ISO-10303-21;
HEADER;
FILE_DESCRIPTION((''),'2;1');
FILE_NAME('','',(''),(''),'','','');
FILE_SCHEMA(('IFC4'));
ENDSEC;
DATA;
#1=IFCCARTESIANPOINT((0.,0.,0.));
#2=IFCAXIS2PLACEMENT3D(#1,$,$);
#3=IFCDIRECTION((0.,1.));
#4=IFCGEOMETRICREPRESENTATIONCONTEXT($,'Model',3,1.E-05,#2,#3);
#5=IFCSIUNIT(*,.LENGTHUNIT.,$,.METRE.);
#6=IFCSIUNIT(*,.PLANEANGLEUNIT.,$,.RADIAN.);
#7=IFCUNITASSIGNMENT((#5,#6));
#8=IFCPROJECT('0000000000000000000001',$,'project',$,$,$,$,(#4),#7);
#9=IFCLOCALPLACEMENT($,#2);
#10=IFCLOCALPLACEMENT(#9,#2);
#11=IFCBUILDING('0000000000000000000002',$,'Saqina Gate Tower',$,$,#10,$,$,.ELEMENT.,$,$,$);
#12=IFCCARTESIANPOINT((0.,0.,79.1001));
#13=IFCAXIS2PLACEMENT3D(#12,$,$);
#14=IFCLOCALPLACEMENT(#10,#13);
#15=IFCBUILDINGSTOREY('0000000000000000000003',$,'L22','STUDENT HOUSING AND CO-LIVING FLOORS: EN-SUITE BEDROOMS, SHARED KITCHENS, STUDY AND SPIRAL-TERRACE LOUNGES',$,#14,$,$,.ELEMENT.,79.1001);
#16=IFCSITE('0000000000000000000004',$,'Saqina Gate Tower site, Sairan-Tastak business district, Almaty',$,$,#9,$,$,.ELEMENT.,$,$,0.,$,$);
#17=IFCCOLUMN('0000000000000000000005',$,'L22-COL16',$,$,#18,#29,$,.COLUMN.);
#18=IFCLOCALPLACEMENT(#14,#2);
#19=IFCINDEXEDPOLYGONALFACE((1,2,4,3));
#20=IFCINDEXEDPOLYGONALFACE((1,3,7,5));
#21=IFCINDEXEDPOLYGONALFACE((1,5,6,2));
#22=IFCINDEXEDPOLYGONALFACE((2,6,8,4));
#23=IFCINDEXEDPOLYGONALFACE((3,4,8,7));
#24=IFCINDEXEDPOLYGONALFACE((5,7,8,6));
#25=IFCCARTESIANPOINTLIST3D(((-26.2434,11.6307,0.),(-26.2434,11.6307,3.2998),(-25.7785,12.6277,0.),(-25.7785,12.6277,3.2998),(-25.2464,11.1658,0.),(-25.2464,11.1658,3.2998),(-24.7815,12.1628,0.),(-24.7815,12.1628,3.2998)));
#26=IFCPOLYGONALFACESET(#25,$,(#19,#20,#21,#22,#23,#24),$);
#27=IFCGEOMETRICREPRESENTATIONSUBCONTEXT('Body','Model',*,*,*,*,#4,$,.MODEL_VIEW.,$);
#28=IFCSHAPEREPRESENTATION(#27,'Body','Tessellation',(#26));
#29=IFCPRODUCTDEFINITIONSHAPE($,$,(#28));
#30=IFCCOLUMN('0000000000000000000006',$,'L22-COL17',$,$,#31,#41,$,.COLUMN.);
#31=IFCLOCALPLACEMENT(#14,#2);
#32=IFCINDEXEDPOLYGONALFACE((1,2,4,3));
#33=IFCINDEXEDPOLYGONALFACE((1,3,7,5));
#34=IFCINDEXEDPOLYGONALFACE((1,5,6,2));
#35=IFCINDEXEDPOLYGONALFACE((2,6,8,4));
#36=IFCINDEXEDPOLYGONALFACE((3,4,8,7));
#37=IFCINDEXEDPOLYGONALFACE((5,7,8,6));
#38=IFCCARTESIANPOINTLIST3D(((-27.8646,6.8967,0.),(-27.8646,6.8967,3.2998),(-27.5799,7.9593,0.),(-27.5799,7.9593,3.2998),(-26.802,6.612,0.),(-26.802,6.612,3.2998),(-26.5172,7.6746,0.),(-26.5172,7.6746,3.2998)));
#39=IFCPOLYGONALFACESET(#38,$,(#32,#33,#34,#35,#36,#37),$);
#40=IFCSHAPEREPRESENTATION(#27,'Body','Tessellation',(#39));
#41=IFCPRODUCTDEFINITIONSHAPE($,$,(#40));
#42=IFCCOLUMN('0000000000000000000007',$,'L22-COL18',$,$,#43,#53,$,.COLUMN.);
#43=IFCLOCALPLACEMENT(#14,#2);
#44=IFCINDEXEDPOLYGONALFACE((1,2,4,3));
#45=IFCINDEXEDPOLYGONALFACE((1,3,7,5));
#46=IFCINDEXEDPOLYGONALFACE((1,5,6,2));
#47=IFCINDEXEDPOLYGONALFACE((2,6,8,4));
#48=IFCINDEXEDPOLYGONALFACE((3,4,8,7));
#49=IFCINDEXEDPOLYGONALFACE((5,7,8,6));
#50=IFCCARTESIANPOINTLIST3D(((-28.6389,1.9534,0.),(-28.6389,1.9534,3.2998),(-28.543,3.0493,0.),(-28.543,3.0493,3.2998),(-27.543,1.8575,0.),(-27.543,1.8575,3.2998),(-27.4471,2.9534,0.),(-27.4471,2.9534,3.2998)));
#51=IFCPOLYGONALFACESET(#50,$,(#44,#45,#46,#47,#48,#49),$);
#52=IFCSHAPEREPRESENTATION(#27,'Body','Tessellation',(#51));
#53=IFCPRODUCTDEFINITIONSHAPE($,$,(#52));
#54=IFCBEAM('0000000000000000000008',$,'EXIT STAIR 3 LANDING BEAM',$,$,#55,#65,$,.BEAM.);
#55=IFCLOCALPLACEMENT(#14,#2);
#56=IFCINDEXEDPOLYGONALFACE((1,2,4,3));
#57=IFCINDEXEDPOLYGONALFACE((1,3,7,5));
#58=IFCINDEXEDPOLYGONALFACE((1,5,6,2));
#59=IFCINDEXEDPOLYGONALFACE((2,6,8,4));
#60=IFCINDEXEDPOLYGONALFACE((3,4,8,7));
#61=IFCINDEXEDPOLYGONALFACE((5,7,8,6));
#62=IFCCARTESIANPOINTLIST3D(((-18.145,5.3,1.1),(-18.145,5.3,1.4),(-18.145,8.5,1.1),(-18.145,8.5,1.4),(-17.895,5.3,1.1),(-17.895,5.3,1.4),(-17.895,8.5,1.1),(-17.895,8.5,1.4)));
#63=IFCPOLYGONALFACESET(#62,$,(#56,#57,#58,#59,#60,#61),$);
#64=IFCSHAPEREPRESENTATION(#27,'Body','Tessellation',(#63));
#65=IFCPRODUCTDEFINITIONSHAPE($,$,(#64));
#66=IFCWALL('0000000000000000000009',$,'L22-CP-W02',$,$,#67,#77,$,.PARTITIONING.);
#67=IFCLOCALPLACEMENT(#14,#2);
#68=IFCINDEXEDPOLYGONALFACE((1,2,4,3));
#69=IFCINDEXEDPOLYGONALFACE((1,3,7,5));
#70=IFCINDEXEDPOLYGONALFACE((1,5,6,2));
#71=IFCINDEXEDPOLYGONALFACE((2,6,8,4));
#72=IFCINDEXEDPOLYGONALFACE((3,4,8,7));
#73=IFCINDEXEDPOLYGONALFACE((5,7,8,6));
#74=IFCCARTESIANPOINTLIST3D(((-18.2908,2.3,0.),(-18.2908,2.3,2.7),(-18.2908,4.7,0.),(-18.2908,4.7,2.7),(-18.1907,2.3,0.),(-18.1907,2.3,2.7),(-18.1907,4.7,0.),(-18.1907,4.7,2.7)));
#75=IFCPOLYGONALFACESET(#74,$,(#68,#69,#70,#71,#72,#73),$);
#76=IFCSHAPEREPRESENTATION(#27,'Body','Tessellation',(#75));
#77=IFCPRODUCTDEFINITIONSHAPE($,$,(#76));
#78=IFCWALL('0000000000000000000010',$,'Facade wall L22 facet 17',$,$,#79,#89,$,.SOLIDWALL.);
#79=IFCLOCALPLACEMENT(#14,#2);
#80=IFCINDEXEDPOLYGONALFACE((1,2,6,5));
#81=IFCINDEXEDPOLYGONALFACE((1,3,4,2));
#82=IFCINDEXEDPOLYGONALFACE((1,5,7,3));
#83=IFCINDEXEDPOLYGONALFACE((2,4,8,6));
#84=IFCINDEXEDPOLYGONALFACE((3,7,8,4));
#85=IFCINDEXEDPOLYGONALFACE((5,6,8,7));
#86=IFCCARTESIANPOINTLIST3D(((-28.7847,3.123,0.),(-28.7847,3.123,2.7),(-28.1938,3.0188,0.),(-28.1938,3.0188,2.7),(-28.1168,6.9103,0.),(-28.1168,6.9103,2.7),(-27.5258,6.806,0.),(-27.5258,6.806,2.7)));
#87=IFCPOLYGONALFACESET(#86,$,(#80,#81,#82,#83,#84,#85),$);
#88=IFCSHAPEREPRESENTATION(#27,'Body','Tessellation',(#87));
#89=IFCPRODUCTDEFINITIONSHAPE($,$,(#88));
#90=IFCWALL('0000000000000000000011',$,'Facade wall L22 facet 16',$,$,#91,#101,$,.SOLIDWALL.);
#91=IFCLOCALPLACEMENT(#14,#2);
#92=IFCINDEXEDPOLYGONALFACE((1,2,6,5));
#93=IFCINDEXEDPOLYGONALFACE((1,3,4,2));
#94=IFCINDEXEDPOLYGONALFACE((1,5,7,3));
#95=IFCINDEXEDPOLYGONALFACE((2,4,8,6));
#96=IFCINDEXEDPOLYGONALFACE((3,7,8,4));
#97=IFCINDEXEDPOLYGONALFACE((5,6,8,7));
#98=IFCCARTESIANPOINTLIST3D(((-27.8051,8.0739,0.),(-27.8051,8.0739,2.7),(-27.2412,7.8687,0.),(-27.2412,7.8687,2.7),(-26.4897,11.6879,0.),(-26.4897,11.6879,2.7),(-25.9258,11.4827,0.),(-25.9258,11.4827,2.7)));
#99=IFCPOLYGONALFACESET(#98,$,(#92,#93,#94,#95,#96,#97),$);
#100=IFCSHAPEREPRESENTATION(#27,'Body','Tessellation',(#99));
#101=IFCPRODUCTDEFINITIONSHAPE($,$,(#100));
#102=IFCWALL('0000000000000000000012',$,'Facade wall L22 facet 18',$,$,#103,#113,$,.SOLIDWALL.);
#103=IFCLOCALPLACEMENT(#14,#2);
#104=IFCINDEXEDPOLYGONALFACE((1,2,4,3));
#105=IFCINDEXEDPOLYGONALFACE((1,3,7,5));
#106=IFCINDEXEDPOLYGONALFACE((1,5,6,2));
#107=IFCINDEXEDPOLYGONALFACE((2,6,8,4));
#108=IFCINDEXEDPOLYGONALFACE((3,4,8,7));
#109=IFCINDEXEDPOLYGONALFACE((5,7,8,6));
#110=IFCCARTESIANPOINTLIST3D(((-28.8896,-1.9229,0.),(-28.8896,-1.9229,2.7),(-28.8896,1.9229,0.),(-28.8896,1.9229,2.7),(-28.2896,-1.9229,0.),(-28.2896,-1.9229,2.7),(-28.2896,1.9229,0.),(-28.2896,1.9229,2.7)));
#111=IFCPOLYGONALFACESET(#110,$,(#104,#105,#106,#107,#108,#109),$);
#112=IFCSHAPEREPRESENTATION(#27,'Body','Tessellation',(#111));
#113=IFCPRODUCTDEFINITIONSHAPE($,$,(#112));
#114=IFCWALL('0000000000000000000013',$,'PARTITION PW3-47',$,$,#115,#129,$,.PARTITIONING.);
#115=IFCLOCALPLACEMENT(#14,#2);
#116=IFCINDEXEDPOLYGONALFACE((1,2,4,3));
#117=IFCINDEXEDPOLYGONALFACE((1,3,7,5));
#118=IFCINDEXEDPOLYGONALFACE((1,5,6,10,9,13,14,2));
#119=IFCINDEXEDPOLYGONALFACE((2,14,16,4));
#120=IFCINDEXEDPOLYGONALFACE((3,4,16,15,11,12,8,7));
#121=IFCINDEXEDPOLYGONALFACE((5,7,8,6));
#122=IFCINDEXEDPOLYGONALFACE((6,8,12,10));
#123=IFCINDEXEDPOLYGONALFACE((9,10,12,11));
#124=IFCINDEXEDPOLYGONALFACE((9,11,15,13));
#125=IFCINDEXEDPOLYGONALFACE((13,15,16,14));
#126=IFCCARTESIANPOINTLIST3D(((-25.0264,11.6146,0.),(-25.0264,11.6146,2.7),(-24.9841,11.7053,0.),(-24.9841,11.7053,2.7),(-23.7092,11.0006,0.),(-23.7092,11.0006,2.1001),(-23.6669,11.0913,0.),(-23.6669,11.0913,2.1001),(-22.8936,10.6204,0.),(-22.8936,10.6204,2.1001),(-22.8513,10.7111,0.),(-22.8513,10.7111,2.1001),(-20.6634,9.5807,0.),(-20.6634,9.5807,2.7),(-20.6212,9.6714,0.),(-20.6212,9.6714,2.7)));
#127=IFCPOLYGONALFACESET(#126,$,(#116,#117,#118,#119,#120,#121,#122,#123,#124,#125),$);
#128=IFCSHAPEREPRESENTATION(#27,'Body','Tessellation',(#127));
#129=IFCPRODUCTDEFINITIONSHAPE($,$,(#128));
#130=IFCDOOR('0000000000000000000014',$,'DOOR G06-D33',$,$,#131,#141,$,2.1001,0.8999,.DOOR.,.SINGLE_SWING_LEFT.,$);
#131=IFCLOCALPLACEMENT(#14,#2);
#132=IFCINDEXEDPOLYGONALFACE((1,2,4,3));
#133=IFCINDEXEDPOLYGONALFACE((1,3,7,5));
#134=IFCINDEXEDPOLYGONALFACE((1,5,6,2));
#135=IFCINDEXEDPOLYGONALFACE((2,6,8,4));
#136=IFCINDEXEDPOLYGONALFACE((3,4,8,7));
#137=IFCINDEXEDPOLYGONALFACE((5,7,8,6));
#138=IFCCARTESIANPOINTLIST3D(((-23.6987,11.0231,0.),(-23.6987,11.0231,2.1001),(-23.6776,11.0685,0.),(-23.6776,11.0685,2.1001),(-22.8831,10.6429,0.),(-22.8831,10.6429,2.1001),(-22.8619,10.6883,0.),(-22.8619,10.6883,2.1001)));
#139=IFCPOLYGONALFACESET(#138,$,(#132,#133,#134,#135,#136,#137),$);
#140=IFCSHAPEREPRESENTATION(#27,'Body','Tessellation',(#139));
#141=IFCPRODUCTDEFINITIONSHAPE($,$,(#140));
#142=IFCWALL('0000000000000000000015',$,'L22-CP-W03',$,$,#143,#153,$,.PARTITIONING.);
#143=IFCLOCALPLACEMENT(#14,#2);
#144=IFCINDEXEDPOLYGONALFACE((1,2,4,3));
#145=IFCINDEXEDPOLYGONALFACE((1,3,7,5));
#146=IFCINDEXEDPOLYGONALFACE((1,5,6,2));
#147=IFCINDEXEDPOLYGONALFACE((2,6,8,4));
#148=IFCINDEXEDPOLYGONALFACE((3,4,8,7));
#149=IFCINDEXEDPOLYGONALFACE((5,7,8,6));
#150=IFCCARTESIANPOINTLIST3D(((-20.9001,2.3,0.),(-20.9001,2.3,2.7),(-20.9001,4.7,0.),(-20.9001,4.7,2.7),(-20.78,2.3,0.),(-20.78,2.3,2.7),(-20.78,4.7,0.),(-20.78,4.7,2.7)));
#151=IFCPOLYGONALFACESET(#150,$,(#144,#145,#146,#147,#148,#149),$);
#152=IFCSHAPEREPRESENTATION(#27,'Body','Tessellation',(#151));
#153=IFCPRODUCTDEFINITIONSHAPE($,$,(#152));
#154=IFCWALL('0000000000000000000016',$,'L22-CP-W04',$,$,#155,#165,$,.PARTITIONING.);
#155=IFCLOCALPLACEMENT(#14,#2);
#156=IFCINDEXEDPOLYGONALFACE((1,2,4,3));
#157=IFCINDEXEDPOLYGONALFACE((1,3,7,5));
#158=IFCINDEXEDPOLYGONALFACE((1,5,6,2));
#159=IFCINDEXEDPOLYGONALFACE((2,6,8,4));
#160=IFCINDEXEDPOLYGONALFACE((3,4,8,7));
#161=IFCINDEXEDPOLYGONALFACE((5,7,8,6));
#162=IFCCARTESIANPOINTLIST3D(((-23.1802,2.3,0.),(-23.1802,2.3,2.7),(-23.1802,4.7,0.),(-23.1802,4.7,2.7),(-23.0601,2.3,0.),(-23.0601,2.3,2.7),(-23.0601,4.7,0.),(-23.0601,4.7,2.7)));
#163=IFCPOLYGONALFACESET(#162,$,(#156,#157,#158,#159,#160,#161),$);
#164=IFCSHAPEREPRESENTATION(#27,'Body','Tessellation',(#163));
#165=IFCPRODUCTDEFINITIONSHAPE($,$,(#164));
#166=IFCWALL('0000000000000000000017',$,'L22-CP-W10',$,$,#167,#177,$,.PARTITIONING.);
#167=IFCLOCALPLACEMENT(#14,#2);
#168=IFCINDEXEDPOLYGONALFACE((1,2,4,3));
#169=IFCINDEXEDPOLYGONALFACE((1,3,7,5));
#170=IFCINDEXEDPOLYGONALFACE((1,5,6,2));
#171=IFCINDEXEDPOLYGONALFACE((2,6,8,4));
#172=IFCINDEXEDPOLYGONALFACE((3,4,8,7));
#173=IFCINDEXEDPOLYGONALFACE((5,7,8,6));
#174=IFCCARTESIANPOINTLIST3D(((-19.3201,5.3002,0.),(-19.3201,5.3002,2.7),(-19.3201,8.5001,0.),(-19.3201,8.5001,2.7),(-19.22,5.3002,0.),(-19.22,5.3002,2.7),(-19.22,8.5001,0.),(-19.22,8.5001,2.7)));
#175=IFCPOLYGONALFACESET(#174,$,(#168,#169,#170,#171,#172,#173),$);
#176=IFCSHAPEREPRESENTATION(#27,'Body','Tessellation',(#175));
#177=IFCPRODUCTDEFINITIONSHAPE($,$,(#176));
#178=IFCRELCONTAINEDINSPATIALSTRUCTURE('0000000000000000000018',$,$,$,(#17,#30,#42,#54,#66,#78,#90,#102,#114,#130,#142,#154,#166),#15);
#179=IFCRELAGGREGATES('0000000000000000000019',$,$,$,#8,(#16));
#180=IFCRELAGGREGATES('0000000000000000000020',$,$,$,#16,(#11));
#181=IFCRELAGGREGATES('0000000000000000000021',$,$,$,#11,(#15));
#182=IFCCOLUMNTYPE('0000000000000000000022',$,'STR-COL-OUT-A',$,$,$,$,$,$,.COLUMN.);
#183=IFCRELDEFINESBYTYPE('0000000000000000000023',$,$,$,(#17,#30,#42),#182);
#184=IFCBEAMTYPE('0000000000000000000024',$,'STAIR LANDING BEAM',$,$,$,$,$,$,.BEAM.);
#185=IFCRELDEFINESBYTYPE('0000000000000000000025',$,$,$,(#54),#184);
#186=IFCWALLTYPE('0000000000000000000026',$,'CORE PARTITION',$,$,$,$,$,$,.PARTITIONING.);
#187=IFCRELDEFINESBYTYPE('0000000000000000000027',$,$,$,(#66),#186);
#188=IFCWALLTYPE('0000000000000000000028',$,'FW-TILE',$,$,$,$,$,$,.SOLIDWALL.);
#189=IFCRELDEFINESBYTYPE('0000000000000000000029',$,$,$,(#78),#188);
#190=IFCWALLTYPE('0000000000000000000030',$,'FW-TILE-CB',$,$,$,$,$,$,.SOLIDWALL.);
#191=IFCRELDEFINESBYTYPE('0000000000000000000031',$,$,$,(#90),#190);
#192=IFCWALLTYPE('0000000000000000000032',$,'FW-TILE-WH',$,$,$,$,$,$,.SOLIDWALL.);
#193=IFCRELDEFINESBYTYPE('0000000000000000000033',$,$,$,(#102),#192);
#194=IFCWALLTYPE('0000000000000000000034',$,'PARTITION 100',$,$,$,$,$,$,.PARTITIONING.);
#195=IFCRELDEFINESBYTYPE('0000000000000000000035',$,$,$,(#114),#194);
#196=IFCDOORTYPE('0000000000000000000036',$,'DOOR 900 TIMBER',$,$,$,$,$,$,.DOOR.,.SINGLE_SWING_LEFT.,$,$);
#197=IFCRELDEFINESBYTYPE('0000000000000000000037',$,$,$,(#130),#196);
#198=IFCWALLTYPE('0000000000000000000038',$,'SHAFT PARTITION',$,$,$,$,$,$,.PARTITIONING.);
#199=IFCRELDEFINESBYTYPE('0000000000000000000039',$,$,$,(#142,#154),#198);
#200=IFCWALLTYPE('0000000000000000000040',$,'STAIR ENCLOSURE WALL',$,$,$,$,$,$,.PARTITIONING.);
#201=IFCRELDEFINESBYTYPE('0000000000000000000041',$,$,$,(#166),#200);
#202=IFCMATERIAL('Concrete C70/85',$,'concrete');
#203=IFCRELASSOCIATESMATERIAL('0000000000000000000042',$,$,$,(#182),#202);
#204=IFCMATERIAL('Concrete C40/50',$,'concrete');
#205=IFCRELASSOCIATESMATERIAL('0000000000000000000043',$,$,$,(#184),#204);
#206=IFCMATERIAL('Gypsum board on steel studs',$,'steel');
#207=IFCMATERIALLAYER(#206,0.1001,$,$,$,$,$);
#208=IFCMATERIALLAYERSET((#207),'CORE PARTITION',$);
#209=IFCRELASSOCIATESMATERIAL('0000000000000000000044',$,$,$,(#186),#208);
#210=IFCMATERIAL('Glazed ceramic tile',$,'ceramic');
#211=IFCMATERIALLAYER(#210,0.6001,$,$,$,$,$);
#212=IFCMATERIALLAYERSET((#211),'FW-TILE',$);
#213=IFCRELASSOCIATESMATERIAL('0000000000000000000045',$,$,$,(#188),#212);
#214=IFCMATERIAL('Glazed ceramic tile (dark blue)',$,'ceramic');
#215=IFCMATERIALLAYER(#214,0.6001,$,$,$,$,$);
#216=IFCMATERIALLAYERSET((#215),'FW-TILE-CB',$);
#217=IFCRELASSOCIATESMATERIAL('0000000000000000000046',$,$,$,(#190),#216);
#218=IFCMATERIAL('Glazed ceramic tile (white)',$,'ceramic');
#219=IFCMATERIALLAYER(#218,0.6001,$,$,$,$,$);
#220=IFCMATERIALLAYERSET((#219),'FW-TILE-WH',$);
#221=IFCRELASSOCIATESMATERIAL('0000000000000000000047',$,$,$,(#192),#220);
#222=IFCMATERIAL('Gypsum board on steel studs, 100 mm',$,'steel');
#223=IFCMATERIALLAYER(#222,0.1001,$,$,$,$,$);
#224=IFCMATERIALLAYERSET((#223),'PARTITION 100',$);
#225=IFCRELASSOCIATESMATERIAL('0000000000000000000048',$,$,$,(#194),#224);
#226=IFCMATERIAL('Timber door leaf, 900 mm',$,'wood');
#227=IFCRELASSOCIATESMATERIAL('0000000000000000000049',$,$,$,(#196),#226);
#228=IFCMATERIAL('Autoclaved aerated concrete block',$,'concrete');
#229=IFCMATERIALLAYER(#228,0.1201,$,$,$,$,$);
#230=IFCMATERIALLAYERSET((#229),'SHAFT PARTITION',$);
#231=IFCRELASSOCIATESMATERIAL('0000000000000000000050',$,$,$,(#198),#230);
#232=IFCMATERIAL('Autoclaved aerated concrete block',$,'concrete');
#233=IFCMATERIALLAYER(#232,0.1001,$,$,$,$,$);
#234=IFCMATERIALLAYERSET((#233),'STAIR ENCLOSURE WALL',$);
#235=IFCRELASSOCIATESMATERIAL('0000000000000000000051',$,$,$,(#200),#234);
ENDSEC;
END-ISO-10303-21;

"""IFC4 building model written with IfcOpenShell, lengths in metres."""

from ifc_helpers import new_model, si_unit, direction, frame, frame_2d, origin, origin_2d, place, context, subcontext, project, spatial, rectangle, extrude, material, layer, layer_set, material_profile, profile_set, type_object, element, fill, save


model = new_model("IFC4")

# Units and contexts
model_context = context("Model", 3, precision=1e-05, world=origin(), true_north=direction((0.0, 1.0)))
body_context = subcontext(model_context, "Body", "Model", "MODEL_VIEW")
ifc_project = project(units=[si_unit("LENGTHUNIT", "METRE"), si_unit("PLANEANGLEUNIT", "RADIAN")], contexts=[model_context])

# Site, building, storey
site_placement = place(None, origin())
site = spatial("IfcSite", under=ifc_project, at=site_placement, Name="Saqina Gate Tower site, Sairan-Tastak business district, Almaty", CompositionType="ELEMENT", RefElevation=0.0)
building_placement = place(site_placement, origin())
building = spatial("IfcBuilding", under=site, at=building_placement, Name="Saqina Gate Tower", CompositionType="ELEMENT")
storey_placement = place(building_placement, frame((0.0, 0.0, 79.1001)))
storey = spatial("IfcBuildingStorey", under=building, at=storey_placement, Name="L22", Description="STUDENT HOUSING AND CO-LIVING FLOORS: EN-SUITE BEDROOMS, SHARED KITCHENS, STUDY AND SPIRAL-TERRACE LOUNGES", CompositionType="ELEMENT", Elevation=79.1001)

# Columns
ifc_material_1 = material(Name="Concrete C70/85", Category="concrete")
ifc_material_profile_1 = material_profile(ifc_material_1, rectangle(XDim=1.1001, YDim=1.1001, at=origin_2d()), Name="RC 1100x1100")
ifc_profile_set_1 = profile_set([ifc_material_profile_1], Name="Concrete C70/85")
column_type = type_object("IfcColumnType", Name="STR-COL-OUT-A", PredefinedType="COLUMN", material=ifc_profile_set_1)
for number, where, z_axis, x_axis, name in (
    (1, (-25.5125, 11.8967, 0.0), (0.0, 0.0, 1.0), (-0.906308, 0.422618, 0.0), "L22-COL16"),
    (2, (-27.1909, 7.2856, 0.0), (0.0, 0.0, 1.0), (-0.965926, 0.258819, 0.0), "L22-COL17"),
    (3, (-28.043, 2.4534, 0.0), (0.0, 0.0, 1.0), (-0.996195, 0.087156, 0.0), "L22-COL18"),
):
    element("IfcColumn", number, at=place(storey_placement, frame(where, z_axis=z_axis, x_axis=x_axis)), inside=storey, type_object=column_type, Name=name, PredefinedType="COLUMN", context=body_context, shape_type="SweptSolid", body=[
        extrude(rectangle(XDim=1.1001, YDim=1.1001, at=origin_2d()), origin(), (0.0, 0.0, 1.0), 3.2998),
    ])

# Beam
ifc_material_2 = material(Name="Concrete C40/50", Category="concrete")
ifc_material_profile_2 = material_profile(ifc_material_2, rectangle(XDim=0.25, YDim=0.3, at=origin_2d()), Name="STAIR LANDING BEAM")
ifc_profile_set_2 = profile_set([ifc_material_profile_2], Name="Concrete C40/50")
beam_type = type_object("IfcBeamType", Name="STAIR LANDING BEAM", PredefinedType="BEAM", material=ifc_profile_set_2)
beam_placement = place(storey_placement, frame((-18.02, 5.3, 1.25), z_axis=(0.0, 1.0, 0.0), x_axis=(-1.0, 0.0, 0.0)))
element("IfcBeam", 4, at=beam_placement, inside=storey, type_object=beam_type, Name="EXIT STAIR 3 LANDING BEAM", PredefinedType="BEAM", context=body_context, shape_type="SweptSolid", body=[
    extrude(rectangle(XDim=0.25, YDim=0.3, at=origin_2d()), origin(), (0.0, 0.0, 1.0), 3.2),
])

# Walls
ifc_material_3 = material(Name="Gypsum board on steel studs", Category="steel")
ifc_layer_1 = layer(ifc_material_3, 0.1001)
ifc_layer_set_1 = layer_set([ifc_layer_1], Name="CORE PARTITION")
wall_type_1 = type_object("IfcWallType", Name="CORE PARTITION", PredefinedType="PARTITIONING", material=ifc_layer_set_1)
wall_1_placement = place(storey_placement, frame((-18.2407, 2.3, 0.0), z_axis=(0.0, 0.0, 1.0), x_axis=(0.0, 1.0, 0.0)))
element("IfcWall", 5, at=wall_1_placement, inside=storey, type_object=wall_type_1, Name="L22-CP-W02", PredefinedType="PARTITIONING", context=body_context, shape_type="SweptSolid", body=[
    extrude(rectangle(XDim=2.3999, YDim=0.1001, at=frame_2d((1.2, 0.0))), origin(), (0.0, 0.0, 1.0), 2.7),
])
ifc_material_4 = material(Name="Glazed ceramic tile", Category="ceramic")
ifc_layer_2 = layer(ifc_material_4, 0.6001)
ifc_layer_set_2 = layer_set([ifc_layer_2], Name="FW-TILE")
wall_type_2 = type_object("IfcWallType", Name="FW-TILE", PredefinedType="SOLIDWALL", material=ifc_layer_set_2)
wall_2_placement = place(storey_placement, frame((-27.8213, 6.8582, 0.0), z_axis=(0.0, 0.0, 1.0), x_axis=(-0.173688, -0.984801, 0.0)))
element("IfcWall", 6, at=wall_2_placement, inside=storey, type_object=wall_type_2, Name="Facade wall L22 facet 17", PredefinedType="SOLIDWALL", context=body_context, shape_type="SweptSolid", body=[
    extrude(rectangle(XDim=3.8457, YDim=0.6001, at=frame_2d((1.9229, 0.0))), origin(), (0.0, 0.0, 1.0), 2.7),
])
ifc_material_5 = material(Name="Glazed ceramic tile (dark blue)", Category="ceramic")
ifc_layer_3 = layer(ifc_material_5, 0.6001)
ifc_layer_set_3 = layer_set([ifc_layer_3], Name="FW-TILE-CB")
wall_type_3 = type_object("IfcWallType", Name="FW-TILE-CB", PredefinedType="SOLIDWALL", material=ifc_layer_set_3)
wall_3_placement = place(storey_placement, frame((-26.2078, 11.5852, 0.0), z_axis=(0.0, 0.0, 1.0), x_axis=(-0.342028, -0.93969, 0.0)))
element("IfcWall", 7, at=wall_3_placement, inside=storey, type_object=wall_type_3, Name="Facade wall L22 facet 16", PredefinedType="SOLIDWALL", context=body_context, shape_type="SweptSolid", body=[
    extrude(rectangle(XDim=3.8459, YDim=0.6001, at=frame_2d((1.9229, 0.0))), origin(), (0.0, 0.0, 1.0), 2.7),
])
ifc_material_6 = material(Name="Glazed ceramic tile (white)", Category="ceramic")
ifc_layer_4 = layer(ifc_material_6, 0.6001)
ifc_layer_set_4 = layer_set([ifc_layer_4], Name="FW-TILE-WH")
wall_type_4 = type_object("IfcWallType", Name="FW-TILE-WH", PredefinedType="SOLIDWALL", material=ifc_layer_set_4)
wall_4_placement = place(storey_placement, frame((-28.5896, 1.9229, 0.0), z_axis=(0.0, 0.0, 1.0), x_axis=(0.0, -1.0, 0.0)))
element("IfcWall", 8, at=wall_4_placement, inside=storey, type_object=wall_type_4, Name="Facade wall L22 facet 18", PredefinedType="SOLIDWALL", context=body_context, shape_type="SweptSolid", body=[
    extrude(rectangle(XDim=3.8457, YDim=0.6001, at=frame_2d((1.9229, 0.0))), origin(), (0.0, 0.0, 1.0), 2.7),
])

# Wall, opening, door
ifc_material_7 = material(Name="Gypsum board on steel studs, 100 mm", Category="steel")
ifc_layer_5 = layer(ifc_material_7, 0.1001)
ifc_layer_set_5 = layer_set([ifc_layer_5], Name="PARTITION 100")
wall_type_5 = type_object("IfcWallType", Name="PARTITION 100", PredefinedType="PARTITIONING", material=ifc_layer_set_5)
wall_5_placement = place(storey_placement, frame((-25.0051, 11.6599, 0.0), z_axis=(0.0, 0.0, 1.0), x_axis=(0.906354, -0.422519, 0.0)))
wall_5 = element("IfcWall", 9, at=wall_5_placement, inside=storey, type_object=wall_type_5, Name="PARTITION PW3-47", PredefinedType="PARTITIONING", context=body_context, shape_type="SweptSolid", body=[
    extrude(rectangle(XDim=4.8137, YDim=0.1001, at=frame_2d((2.4067, 0.0))), origin(), (0.0, 0.0, 1.0), 2.7),
])
opening_placement = place(wall_5_placement, frame((1.4531, 0.0, 0.0)))
opening = element("IfcOpeningElement", 10, at=opening_placement, cuts=wall_5, PredefinedType="OPENING", context=body_context, shape_type="SweptSolid", body=[
    extrude(rectangle(XDim=0.8999, YDim=2.1001, at=frame_2d((0.45, 1.05))), frame((0.0, 0.062, 0.0), z_axis=(0.0, -1.0, 0.0), x_axis=(1.0, 0.0, 0.0)), (0.0, 0.0, 1.0), 0.124),
])
ifc_material_8 = material(Name="Timber door leaf, 900 mm", Category="wood")
door_type = type_object("IfcDoorType", Name="DOOR 900 TIMBER", OperationType="SINGLE_SWING_LEFT", PredefinedType="DOOR", material=ifc_material_8)
door_placement = place(opening_placement, origin())
door = element("IfcDoor", 11, at=door_placement, inside=storey, type_object=door_type, Name="DOOR G06-D33", OperationType="SINGLE_SWING_LEFT", OverallHeight=2.1001, OverallWidth=0.8999, PredefinedType="DOOR", context=body_context, shape_type="SweptSolid", body=[
    extrude(rectangle(XDim=0.8999, YDim=2.1001, at=frame_2d((0.45, 1.05))), frame((0.0, 0.0249, 0.0), z_axis=(0.0, -1.0, 0.0), x_axis=(1.0, 0.0, 0.0)), (0.0, 0.0, 1.0), 0.05),
])
fill(opening, door)

# Walls
ifc_material_9 = material(Name="Autoclaved aerated concrete block", Category="concrete")
ifc_layer_6 = layer(ifc_material_9, 0.1201)
ifc_layer_set_6 = layer_set([ifc_layer_6], Name="SHAFT PARTITION")
wall_type_6 = type_object("IfcWallType", Name="SHAFT PARTITION", PredefinedType="PARTITIONING", material=ifc_layer_set_6)
for number, where, z_axis, x_axis, name in (
    (12, (-20.8401, 2.3, 0.0), (0.0, 0.0, 1.0), (0.0, 1.0, 0.0), "L22-CP-W03"),
    (13, (-23.1201, 2.3, 0.0), (0.0, 0.0, 1.0), (0.0, 1.0, 0.0), "L22-CP-W04"),
):
    element("IfcWall", number, at=place(storey_placement, frame(where, z_axis=z_axis, x_axis=x_axis)), inside=storey, type_object=wall_type_6, Name=name, PredefinedType="PARTITIONING", context=body_context, shape_type="SweptSolid", body=[
        extrude(rectangle(XDim=2.3999, YDim=0.1201, at=frame_2d((1.2, 0.0))), origin(), (0.0, 0.0, 1.0), 2.7),
    ])
ifc_material_10 = material(Name="Autoclaved aerated concrete block", Category="concrete")
ifc_layer_7 = layer(ifc_material_10, 0.1001)
ifc_layer_set_7 = layer_set([ifc_layer_7], Name="STAIR ENCLOSURE WALL")
wall_type_7 = type_object("IfcWallType", Name="STAIR ENCLOSURE WALL", PredefinedType="PARTITIONING", material=ifc_layer_set_7)
wall_6_placement = place(storey_placement, frame((-19.27, 5.3, 0.0), z_axis=(0.0, 0.0, 1.0), x_axis=(0.0, 1.0, 0.0)))
element("IfcWall", 14, at=wall_6_placement, inside=storey, type_object=wall_type_7, Name="L22-CP-W10", PredefinedType="PARTITIONING", context=body_context, shape_type="SweptSolid", body=[
    extrude(rectangle(XDim=3.2, YDim=0.1001, at=frame_2d((1.6001, 0.0))), origin(), (0.0, 0.0, 1.0), 2.7),
])

save(model, "model.ifc")
